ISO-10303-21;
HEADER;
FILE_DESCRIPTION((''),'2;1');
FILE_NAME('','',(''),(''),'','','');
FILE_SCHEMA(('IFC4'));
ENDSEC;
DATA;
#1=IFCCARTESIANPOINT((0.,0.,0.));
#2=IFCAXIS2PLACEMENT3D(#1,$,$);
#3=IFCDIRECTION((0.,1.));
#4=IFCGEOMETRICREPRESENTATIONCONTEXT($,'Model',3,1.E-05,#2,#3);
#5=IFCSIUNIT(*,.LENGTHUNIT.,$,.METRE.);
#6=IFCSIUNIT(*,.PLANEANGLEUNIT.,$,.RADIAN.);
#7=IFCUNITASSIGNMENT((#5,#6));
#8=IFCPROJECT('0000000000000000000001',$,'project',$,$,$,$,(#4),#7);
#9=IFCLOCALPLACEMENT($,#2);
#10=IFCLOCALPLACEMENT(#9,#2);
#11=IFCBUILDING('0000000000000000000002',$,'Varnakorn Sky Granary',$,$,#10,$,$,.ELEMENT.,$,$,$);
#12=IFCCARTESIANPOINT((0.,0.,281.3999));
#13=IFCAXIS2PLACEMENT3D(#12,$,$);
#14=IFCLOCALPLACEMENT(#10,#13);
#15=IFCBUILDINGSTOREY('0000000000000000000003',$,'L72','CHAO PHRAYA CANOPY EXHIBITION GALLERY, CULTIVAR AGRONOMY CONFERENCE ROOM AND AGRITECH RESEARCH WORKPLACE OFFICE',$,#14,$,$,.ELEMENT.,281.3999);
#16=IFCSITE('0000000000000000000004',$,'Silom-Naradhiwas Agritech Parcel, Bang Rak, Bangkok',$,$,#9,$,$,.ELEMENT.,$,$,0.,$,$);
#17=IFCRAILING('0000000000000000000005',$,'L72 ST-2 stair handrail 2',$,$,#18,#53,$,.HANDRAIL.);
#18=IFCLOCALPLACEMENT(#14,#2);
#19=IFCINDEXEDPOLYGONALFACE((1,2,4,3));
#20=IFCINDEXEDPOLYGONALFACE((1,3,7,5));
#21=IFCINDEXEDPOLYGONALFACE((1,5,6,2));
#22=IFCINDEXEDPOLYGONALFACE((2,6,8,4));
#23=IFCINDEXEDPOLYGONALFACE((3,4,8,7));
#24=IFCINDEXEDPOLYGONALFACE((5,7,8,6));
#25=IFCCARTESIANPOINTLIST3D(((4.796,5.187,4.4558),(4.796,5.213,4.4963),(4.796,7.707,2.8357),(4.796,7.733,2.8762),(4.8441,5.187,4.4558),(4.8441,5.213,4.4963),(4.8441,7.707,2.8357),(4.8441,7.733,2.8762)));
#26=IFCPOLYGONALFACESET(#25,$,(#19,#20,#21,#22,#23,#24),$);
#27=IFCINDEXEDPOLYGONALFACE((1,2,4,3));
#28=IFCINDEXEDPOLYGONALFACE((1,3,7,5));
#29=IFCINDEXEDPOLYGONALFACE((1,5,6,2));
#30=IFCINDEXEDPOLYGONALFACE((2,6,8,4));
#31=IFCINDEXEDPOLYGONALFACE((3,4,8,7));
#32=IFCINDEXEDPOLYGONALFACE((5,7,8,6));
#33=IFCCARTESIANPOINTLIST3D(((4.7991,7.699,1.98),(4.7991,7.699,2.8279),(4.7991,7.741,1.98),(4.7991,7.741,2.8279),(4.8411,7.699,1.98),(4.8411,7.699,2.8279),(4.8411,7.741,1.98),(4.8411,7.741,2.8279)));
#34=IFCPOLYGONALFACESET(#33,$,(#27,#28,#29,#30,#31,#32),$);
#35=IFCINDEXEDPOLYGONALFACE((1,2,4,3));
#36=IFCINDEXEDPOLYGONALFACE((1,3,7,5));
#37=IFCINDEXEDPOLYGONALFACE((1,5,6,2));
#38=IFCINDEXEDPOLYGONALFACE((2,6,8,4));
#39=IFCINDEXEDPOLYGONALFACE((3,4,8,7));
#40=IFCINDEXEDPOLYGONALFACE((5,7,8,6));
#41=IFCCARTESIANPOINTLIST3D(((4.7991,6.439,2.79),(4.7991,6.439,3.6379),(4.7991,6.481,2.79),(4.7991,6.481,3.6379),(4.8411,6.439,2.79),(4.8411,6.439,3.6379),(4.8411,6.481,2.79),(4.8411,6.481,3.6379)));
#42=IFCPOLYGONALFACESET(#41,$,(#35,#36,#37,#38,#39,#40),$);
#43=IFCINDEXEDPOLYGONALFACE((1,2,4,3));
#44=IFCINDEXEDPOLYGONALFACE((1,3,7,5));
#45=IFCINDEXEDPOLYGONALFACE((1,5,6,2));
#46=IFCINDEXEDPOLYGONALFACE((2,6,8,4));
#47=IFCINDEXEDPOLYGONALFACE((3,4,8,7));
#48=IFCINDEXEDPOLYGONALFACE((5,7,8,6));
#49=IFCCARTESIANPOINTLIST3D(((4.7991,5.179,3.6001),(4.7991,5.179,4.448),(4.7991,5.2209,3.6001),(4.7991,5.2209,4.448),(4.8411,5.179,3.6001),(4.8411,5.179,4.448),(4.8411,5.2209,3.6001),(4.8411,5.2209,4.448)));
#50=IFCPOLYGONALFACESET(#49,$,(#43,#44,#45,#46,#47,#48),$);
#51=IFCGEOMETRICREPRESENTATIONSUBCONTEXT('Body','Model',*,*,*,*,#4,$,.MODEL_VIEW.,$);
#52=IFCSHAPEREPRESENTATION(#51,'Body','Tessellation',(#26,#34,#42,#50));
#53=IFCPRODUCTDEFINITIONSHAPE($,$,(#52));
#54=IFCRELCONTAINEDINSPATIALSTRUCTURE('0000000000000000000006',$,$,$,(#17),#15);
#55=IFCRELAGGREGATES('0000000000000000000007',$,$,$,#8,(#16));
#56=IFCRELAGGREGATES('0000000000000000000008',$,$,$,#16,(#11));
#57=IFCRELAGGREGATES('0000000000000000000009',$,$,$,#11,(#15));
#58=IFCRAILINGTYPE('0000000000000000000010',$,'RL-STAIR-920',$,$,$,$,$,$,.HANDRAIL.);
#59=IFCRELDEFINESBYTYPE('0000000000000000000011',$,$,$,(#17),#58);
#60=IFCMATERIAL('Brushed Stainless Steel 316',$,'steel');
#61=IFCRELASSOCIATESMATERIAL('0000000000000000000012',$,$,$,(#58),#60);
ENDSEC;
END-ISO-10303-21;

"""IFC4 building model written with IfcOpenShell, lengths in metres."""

from ifc_helpers import new_model, si_unit, direction, frame, origin, origin_2d, place, context, subcontext, project, spatial, rectangle, extrude, material, type_object, element, save


model = new_model("IFC4")

# Units and contexts
model_context = context("Model", 3, precision=1e-05, world=origin(), true_north=direction((0.0, 1.0)))
body_context = subcontext(model_context, "Body", "Model", "MODEL_VIEW")
ifc_project = project(units=[si_unit("LENGTHUNIT", "METRE"), si_unit("PLANEANGLEUNIT", "RADIAN")], contexts=[model_context])

# Site, building, storey
site_placement = place(None, origin())
site = spatial("IfcSite", under=ifc_project, at=site_placement, Name="Silom-Naradhiwas Agritech Parcel, Bang Rak, Bangkok", CompositionType="ELEMENT", RefElevation=0.0)
building_placement = place(site_placement, origin())
building = spatial("IfcBuilding", under=site, at=building_placement, Name="Varnakorn Sky Granary", CompositionType="ELEMENT")
storey_placement = place(building_placement, frame((0.0, 0.0, 281.3999)))
storey = spatial("IfcBuildingStorey", under=building, at=storey_placement, Name="L72", Description="CHAO PHRAYA CANOPY EXHIBITION GALLERY, CULTIVAR AGRONOMY CONFERENCE ROOM AND AGRITECH RESEARCH WORKPLACE OFFICE", CompositionType="ELEMENT", Elevation=281.3999)

# Railing
ifc_material_1 = material(Name="Brushed Stainless Steel 316", Category="steel")
railing_type_1 = type_object("IfcRailingType", Name="RL-STAIR-920", PredefinedType="HANDRAIL", material=ifc_material_1)
railing_1_placement = place(storey_placement, frame((4.8201, 7.72, 1.98)))
element("IfcRailing", 1, at=railing_1_placement, inside=storey, type_object=railing_type_1, Name="L72 ST-2 stair handrail 2", PredefinedType="HANDRAIL", context=body_context, shape_type="SweptSolid", body=[
    extrude(rectangle(XDim=0.0481, YDim=0.0481, at=origin_2d()), frame((0.0, 0.0, 0.876), z_axis=(0.0, -0.841163, 0.540782), x_axis=(1.0, 0.0, 0.0)), (0.0, 0.0, 1.0), 2.9958),
    extrude(rectangle(XDim=0.042, YDim=0.042, at=origin_2d()), origin(), (0.0, 0.0, 1.0), 0.8479),
    extrude(rectangle(XDim=0.042, YDim=0.042, at=origin_2d()), frame((0.0, -1.26, 0.8101)), (0.0, 0.0, 1.0), 0.8479),
    extrude(rectangle(XDim=0.042, YDim=0.042, at=origin_2d()), frame((0.0, -2.52, 1.6201)), (0.0, 0.0, 1.0), 0.8479),
])

save(model, "model.ifc")
